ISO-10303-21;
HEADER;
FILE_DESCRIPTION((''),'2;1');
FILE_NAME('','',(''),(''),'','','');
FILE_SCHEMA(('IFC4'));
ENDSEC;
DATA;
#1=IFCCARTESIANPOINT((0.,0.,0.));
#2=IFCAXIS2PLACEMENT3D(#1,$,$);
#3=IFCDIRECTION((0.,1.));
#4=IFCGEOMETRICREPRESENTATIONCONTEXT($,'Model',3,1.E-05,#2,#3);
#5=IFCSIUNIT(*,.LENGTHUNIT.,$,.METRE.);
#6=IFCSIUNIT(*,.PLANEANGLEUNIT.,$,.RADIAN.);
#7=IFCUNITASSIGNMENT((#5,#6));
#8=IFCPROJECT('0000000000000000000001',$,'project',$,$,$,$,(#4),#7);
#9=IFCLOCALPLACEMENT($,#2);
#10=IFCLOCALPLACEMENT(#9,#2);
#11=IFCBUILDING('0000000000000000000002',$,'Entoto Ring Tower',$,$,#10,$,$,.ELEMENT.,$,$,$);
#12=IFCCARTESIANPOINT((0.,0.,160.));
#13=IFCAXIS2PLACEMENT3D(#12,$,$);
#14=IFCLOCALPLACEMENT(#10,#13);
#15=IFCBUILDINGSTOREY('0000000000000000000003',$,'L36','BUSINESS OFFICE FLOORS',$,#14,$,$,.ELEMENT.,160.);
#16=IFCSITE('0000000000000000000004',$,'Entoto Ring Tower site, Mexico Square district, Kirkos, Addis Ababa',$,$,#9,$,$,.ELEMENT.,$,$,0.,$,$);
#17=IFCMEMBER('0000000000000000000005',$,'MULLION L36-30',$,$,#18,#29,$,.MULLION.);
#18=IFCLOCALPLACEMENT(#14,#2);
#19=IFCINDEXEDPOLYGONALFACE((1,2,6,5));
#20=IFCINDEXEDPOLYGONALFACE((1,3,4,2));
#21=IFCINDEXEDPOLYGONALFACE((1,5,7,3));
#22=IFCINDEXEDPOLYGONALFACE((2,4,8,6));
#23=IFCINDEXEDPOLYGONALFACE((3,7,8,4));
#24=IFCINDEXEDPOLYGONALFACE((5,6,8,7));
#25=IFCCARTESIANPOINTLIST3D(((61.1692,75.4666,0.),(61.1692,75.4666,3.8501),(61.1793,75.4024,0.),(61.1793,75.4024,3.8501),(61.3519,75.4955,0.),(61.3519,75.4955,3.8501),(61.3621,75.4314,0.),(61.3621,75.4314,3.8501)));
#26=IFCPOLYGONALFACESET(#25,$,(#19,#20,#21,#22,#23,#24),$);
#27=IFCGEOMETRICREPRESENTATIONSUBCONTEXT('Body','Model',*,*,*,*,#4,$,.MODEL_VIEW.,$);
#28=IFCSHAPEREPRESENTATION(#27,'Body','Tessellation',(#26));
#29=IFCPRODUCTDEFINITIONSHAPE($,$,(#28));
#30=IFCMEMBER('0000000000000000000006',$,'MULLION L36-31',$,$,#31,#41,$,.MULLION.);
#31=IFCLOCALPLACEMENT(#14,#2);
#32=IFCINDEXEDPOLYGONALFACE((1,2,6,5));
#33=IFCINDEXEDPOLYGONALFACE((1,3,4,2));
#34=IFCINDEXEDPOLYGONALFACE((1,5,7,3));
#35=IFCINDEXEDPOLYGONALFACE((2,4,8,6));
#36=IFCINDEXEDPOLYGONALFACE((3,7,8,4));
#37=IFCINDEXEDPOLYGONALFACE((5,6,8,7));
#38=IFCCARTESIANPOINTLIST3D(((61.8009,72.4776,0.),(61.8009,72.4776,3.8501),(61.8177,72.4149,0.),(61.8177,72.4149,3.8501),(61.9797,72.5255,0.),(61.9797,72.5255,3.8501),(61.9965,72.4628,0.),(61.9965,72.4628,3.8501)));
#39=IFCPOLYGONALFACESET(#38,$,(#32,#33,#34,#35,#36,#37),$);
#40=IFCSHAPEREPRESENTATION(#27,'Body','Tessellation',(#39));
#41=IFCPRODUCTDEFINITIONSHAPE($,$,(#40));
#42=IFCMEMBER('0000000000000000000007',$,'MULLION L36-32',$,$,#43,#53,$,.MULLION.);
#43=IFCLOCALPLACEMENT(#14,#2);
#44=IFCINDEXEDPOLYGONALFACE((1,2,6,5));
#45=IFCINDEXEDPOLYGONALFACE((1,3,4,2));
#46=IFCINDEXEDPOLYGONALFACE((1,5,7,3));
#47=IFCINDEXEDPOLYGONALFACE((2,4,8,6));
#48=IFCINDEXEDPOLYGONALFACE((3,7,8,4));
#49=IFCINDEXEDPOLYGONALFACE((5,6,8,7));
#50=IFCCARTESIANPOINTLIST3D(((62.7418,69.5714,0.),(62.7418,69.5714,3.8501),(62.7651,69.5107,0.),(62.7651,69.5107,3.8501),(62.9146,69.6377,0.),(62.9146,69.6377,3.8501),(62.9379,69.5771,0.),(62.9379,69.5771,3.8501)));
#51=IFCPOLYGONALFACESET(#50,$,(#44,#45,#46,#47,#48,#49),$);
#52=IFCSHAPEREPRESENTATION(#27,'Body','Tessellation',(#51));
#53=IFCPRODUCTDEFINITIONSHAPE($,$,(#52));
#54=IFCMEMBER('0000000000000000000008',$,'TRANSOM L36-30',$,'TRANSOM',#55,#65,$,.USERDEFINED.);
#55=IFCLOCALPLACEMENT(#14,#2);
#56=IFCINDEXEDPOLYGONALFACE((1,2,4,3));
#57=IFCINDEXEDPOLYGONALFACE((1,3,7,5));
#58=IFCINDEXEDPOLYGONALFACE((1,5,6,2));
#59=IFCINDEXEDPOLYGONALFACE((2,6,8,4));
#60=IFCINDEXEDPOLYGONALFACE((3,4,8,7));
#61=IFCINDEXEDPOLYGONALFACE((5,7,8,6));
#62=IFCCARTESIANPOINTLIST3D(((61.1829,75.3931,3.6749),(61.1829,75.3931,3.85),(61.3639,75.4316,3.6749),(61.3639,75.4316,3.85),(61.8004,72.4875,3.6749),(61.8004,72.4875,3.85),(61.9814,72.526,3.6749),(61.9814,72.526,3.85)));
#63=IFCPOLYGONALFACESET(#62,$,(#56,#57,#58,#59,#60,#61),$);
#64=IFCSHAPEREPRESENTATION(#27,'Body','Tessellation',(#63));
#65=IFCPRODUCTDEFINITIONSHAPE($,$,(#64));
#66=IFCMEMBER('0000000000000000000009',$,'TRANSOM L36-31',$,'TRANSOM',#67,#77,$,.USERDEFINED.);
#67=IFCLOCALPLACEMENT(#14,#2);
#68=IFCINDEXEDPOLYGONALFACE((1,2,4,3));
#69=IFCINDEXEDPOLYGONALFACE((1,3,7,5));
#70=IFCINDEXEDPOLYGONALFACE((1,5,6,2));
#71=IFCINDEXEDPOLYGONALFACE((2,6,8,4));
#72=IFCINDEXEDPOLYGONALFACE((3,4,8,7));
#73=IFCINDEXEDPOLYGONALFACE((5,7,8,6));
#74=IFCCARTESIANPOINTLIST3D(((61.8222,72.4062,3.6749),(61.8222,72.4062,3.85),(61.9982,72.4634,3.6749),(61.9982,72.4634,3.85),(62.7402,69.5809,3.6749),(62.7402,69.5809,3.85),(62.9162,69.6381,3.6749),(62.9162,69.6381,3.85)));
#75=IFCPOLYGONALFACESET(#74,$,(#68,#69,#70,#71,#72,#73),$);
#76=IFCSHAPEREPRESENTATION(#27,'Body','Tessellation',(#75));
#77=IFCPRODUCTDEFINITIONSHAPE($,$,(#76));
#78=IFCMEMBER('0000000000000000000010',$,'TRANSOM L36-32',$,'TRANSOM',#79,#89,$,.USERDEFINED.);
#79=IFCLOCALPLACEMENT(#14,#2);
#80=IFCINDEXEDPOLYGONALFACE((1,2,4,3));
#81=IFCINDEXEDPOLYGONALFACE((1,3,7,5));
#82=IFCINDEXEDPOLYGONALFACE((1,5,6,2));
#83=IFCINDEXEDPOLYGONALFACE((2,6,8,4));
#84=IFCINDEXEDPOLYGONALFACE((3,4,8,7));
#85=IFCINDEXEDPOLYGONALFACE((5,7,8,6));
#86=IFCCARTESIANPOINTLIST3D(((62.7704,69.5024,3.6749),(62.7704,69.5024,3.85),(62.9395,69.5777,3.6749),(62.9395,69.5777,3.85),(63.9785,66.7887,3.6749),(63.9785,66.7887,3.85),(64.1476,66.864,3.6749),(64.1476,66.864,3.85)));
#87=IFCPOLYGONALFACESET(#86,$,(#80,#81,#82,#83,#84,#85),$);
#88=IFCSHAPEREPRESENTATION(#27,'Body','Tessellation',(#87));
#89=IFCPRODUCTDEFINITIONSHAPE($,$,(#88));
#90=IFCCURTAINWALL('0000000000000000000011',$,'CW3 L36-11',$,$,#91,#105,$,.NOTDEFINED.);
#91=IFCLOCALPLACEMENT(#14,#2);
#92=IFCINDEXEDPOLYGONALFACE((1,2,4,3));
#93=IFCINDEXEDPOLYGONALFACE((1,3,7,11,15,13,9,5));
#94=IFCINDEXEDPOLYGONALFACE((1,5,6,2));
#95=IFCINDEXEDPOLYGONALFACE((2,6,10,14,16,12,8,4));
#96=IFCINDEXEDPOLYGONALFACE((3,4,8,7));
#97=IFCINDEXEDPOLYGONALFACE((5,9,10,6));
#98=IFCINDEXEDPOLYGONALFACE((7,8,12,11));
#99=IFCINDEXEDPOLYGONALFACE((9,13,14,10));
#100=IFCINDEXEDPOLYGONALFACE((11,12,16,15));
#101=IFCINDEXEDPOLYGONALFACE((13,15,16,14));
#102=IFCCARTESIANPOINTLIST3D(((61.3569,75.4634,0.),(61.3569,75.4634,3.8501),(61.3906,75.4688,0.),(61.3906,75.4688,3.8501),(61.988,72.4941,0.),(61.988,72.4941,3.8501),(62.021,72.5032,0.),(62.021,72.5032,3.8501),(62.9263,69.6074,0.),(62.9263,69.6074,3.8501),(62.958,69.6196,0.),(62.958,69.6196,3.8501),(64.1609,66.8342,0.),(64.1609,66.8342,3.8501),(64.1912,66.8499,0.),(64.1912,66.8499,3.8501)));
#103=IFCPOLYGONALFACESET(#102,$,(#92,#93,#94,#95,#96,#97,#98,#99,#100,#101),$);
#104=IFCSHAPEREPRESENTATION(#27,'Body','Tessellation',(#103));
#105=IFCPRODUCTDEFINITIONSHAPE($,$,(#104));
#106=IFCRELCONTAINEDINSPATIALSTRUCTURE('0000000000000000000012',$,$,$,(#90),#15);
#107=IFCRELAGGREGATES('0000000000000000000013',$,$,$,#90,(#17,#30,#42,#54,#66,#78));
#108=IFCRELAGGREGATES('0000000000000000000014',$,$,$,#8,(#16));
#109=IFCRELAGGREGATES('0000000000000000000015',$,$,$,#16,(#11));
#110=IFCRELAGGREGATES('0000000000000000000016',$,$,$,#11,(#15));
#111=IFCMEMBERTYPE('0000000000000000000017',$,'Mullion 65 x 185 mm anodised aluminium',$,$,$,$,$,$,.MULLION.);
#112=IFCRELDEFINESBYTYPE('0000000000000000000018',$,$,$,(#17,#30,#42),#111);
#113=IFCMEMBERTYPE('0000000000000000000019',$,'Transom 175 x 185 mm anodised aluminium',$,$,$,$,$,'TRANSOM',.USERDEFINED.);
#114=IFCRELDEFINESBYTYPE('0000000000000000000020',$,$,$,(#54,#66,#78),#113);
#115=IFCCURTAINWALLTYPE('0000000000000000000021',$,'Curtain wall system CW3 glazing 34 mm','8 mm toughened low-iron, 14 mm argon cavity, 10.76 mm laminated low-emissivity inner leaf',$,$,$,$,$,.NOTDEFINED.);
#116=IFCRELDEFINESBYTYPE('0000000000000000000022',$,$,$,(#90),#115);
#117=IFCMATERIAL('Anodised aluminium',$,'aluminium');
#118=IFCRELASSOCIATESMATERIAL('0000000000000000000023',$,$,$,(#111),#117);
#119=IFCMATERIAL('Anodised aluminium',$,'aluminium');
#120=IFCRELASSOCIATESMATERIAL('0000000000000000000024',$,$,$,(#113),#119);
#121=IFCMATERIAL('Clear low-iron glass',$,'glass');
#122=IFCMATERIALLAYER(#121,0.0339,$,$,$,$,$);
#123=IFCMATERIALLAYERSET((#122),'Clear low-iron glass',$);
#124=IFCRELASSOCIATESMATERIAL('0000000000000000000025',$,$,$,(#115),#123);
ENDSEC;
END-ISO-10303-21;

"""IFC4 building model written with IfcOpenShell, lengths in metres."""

from ifc_helpers import new_model, si_unit, direction, frame, origin, origin_2d, place, context, subcontext, project, spatial, polyline, rectangle, outline, extrude, material, layer, layer_set, material_profile, profile_set, type_object, element, aggregate, save


model = new_model("IFC4")

# Units and contexts
model_context = context("Model", 3, precision=1e-05, world=origin(), true_north=direction((0.0, 1.0)))
body_context = subcontext(model_context, "Body", "Model", "MODEL_VIEW")
ifc_project = project(units=[si_unit("LENGTHUNIT", "METRE"), si_unit("PLANEANGLEUNIT", "RADIAN")], contexts=[model_context])

# Members
ifc_material_1 = material(Name="Anodised aluminium", Category="aluminium")
ifc_material_profile_1 = material_profile(ifc_material_1, rectangle(XDim=0.0649, YDim=0.1851, at=origin_2d()), Name="Mullion 65 x 185 mm anodised aluminium")
ifc_profile_set_1 = profile_set([ifc_material_profile_1], Name="Anodised aluminium")
member_type_1 = type_object("IfcMemberType", Name="Mullion 65 x 185 mm anodised aluminium", PredefinedType="MULLION", material=ifc_profile_set_1)
site_placement = place(None, origin())
building_placement = place(site_placement, origin())
storey_placement = place(building_placement, frame((0.0, 0.0, 160.0)))
member_1_placement = place(storey_placement, frame((61.2656, 75.449, 0.0), z_axis=(0.0, 0.0, 1.0), x_axis=(0.156434, -0.987688, 0.0)))
member_1 = element("IfcMember", 1, at=member_1_placement, type_object=member_type_1, Name="MULLION L36-30", PredefinedType="MULLION", context=body_context, shape_type="SweptSolid", body=[
    extrude(rectangle(XDim=0.0649, YDim=0.1851, at=origin_2d()), origin(), (0.0, 0.0, 1.0), 3.8501),
])
member_2_placement = place(storey_placement, frame((61.8987, 72.4702, 0.0), z_axis=(0.0, 0.0, 1.0), x_axis=(0.258819, -0.965926, 0.0)))
member_2 = element("IfcMember", 2, at=member_2_placement, type_object=member_type_1, Name="MULLION L36-31", PredefinedType="MULLION", context=body_context, shape_type="SweptSolid", body=[
    extrude(rectangle(XDim=0.0649, YDim=0.1851, at=origin_2d()), origin(), (0.0, 0.0, 1.0), 3.8501),
])
member_3_placement = place(storey_placement, frame((62.8398, 69.5742, 0.0), z_axis=(0.0, 0.0, 1.0), x_axis=(0.358368, -0.93358, 0.0)))
member_3 = element("IfcMember", 3, at=member_3_placement, type_object=member_type_1, Name="MULLION L36-32", PredefinedType="MULLION", context=body_context, shape_type="SweptSolid", body=[
    extrude(rectangle(XDim=0.0649, YDim=0.1851, at=origin_2d()), origin(), (0.0, 0.0, 1.0), 3.8501),
])
ifc_material_2 = material(Name="Anodised aluminium", Category="aluminium")
ifc_material_profile_2 = material_profile(ifc_material_2, rectangle(XDim=0.1851, YDim=0.175, at=origin_2d()), Name="Transom 175 x 185 mm anodised aluminium")
ifc_profile_set_2 = profile_set([ifc_material_profile_2], Name="Anodised aluminium")
member_type_2 = type_object("IfcMemberType", Name="Transom 175 x 185 mm anodised aluminium", ElementType="TRANSOM", PredefinedType="USERDEFINED", material=ifc_profile_set_2)
member_4_placement = place(storey_placement, frame((61.2734, 75.4124, 3.7625), z_axis=(0.207862, -0.978158, 0.0), x_axis=(0.978158, 0.207862, 0.0)))
member_4 = element("IfcMember", 4, at=member_4_placement, type_object=member_type_2, Name="TRANSOM L36-30", ObjectType="TRANSOM", PredefinedType="USERDEFINED", context=body_context, shape_type="SweptSolid", body=[
    extrude(rectangle(XDim=0.1851, YDim=0.175, at=origin_2d()), origin(), (0.0, 0.0, 1.0), 2.9705),
])
member_5_placement = place(storey_placement, frame((61.9102, 72.4348, 3.7625), z_axis=(0.309019, -0.951056, 0.0), x_axis=(0.951056, 0.309019, 0.0)))
member_5 = element("IfcMember", 5, at=member_5_placement, type_object=member_type_2, Name="TRANSOM L36-31", ObjectType="TRANSOM", PredefinedType="USERDEFINED", context=body_context, shape_type="SweptSolid", body=[
    extrude(rectangle(XDim=0.1851, YDim=0.175, at=origin_2d()), origin(), (0.0, 0.0, 1.0), 2.9707),
])
member_6_placement = place(storey_placement, frame((62.855, 69.54, 3.7625), z_axis=(0.406687, -0.913567, 0.0), x_axis=(0.913567, 0.406687, 0.0)))
member_6 = element("IfcMember", 6, at=member_6_placement, type_object=member_type_2, Name="TRANSOM L36-32", ObjectType="TRANSOM", PredefinedType="USERDEFINED", context=body_context, shape_type="SweptSolid", body=[
    extrude(rectangle(XDim=0.1851, YDim=0.175, at=origin_2d()), origin(), (0.0, 0.0, 1.0), 2.9705),
])

# Site, building, storey
site = spatial("IfcSite", under=ifc_project, at=site_placement, Name="Entoto Ring Tower site, Mexico Square district, Kirkos, Addis Ababa", CompositionType="ELEMENT", RefElevation=0.0)
building = spatial("IfcBuilding", under=site, at=building_placement, Name="Entoto Ring Tower", CompositionType="ELEMENT")
storey = spatial("IfcBuildingStorey", under=building, at=storey_placement, Name="L36", Description="BUSINESS OFFICE FLOORS", CompositionType="ELEMENT", Elevation=160.0)

# Curtain wall
ifc_material_3 = material(Name="Clear low-iron glass", Category="glass")
ifc_layer = layer(ifc_material_3, 0.0339)
ifc_layer_set = layer_set([ifc_layer], Name="Clear low-iron glass")
curtain_wall_type = type_object("IfcCurtainWallType", Name="Curtain wall system CW3 glazing 34 mm", Description="8 mm toughened low-iron, 14 mm argon cavity, 10.76 mm laminated low-emissivity inner leaf", PredefinedType="NOTDEFINED", material=ifc_layer_set)
curtain_wall_1_placement = place(storey_placement, origin())
curtain_wall_1 = element("IfcCurtainWall", 7, at=curtain_wall_1_placement, inside=storey, type_object=curtain_wall_type, Name="CW3 L36-11", PredefinedType="NOTDEFINED", context=body_context, shape_type="SweptSolid", body=[
    extrude(outline(polyline([(61.3569, 75.4634), (61.988, 72.4941), (62.9263, 69.6074), (64.1609, 66.8342), (64.1912, 66.8499), (62.958, 69.6196), (62.021, 72.5032), (61.3906, 75.4688), (61.3569, 75.4634)])), origin(), (0.0, 0.0, 1.0), 3.8501),
])
aggregate(curtain_wall_1, [member_1, member_2, member_3, member_4, member_5, member_6])

save(model, "model.ifc")
